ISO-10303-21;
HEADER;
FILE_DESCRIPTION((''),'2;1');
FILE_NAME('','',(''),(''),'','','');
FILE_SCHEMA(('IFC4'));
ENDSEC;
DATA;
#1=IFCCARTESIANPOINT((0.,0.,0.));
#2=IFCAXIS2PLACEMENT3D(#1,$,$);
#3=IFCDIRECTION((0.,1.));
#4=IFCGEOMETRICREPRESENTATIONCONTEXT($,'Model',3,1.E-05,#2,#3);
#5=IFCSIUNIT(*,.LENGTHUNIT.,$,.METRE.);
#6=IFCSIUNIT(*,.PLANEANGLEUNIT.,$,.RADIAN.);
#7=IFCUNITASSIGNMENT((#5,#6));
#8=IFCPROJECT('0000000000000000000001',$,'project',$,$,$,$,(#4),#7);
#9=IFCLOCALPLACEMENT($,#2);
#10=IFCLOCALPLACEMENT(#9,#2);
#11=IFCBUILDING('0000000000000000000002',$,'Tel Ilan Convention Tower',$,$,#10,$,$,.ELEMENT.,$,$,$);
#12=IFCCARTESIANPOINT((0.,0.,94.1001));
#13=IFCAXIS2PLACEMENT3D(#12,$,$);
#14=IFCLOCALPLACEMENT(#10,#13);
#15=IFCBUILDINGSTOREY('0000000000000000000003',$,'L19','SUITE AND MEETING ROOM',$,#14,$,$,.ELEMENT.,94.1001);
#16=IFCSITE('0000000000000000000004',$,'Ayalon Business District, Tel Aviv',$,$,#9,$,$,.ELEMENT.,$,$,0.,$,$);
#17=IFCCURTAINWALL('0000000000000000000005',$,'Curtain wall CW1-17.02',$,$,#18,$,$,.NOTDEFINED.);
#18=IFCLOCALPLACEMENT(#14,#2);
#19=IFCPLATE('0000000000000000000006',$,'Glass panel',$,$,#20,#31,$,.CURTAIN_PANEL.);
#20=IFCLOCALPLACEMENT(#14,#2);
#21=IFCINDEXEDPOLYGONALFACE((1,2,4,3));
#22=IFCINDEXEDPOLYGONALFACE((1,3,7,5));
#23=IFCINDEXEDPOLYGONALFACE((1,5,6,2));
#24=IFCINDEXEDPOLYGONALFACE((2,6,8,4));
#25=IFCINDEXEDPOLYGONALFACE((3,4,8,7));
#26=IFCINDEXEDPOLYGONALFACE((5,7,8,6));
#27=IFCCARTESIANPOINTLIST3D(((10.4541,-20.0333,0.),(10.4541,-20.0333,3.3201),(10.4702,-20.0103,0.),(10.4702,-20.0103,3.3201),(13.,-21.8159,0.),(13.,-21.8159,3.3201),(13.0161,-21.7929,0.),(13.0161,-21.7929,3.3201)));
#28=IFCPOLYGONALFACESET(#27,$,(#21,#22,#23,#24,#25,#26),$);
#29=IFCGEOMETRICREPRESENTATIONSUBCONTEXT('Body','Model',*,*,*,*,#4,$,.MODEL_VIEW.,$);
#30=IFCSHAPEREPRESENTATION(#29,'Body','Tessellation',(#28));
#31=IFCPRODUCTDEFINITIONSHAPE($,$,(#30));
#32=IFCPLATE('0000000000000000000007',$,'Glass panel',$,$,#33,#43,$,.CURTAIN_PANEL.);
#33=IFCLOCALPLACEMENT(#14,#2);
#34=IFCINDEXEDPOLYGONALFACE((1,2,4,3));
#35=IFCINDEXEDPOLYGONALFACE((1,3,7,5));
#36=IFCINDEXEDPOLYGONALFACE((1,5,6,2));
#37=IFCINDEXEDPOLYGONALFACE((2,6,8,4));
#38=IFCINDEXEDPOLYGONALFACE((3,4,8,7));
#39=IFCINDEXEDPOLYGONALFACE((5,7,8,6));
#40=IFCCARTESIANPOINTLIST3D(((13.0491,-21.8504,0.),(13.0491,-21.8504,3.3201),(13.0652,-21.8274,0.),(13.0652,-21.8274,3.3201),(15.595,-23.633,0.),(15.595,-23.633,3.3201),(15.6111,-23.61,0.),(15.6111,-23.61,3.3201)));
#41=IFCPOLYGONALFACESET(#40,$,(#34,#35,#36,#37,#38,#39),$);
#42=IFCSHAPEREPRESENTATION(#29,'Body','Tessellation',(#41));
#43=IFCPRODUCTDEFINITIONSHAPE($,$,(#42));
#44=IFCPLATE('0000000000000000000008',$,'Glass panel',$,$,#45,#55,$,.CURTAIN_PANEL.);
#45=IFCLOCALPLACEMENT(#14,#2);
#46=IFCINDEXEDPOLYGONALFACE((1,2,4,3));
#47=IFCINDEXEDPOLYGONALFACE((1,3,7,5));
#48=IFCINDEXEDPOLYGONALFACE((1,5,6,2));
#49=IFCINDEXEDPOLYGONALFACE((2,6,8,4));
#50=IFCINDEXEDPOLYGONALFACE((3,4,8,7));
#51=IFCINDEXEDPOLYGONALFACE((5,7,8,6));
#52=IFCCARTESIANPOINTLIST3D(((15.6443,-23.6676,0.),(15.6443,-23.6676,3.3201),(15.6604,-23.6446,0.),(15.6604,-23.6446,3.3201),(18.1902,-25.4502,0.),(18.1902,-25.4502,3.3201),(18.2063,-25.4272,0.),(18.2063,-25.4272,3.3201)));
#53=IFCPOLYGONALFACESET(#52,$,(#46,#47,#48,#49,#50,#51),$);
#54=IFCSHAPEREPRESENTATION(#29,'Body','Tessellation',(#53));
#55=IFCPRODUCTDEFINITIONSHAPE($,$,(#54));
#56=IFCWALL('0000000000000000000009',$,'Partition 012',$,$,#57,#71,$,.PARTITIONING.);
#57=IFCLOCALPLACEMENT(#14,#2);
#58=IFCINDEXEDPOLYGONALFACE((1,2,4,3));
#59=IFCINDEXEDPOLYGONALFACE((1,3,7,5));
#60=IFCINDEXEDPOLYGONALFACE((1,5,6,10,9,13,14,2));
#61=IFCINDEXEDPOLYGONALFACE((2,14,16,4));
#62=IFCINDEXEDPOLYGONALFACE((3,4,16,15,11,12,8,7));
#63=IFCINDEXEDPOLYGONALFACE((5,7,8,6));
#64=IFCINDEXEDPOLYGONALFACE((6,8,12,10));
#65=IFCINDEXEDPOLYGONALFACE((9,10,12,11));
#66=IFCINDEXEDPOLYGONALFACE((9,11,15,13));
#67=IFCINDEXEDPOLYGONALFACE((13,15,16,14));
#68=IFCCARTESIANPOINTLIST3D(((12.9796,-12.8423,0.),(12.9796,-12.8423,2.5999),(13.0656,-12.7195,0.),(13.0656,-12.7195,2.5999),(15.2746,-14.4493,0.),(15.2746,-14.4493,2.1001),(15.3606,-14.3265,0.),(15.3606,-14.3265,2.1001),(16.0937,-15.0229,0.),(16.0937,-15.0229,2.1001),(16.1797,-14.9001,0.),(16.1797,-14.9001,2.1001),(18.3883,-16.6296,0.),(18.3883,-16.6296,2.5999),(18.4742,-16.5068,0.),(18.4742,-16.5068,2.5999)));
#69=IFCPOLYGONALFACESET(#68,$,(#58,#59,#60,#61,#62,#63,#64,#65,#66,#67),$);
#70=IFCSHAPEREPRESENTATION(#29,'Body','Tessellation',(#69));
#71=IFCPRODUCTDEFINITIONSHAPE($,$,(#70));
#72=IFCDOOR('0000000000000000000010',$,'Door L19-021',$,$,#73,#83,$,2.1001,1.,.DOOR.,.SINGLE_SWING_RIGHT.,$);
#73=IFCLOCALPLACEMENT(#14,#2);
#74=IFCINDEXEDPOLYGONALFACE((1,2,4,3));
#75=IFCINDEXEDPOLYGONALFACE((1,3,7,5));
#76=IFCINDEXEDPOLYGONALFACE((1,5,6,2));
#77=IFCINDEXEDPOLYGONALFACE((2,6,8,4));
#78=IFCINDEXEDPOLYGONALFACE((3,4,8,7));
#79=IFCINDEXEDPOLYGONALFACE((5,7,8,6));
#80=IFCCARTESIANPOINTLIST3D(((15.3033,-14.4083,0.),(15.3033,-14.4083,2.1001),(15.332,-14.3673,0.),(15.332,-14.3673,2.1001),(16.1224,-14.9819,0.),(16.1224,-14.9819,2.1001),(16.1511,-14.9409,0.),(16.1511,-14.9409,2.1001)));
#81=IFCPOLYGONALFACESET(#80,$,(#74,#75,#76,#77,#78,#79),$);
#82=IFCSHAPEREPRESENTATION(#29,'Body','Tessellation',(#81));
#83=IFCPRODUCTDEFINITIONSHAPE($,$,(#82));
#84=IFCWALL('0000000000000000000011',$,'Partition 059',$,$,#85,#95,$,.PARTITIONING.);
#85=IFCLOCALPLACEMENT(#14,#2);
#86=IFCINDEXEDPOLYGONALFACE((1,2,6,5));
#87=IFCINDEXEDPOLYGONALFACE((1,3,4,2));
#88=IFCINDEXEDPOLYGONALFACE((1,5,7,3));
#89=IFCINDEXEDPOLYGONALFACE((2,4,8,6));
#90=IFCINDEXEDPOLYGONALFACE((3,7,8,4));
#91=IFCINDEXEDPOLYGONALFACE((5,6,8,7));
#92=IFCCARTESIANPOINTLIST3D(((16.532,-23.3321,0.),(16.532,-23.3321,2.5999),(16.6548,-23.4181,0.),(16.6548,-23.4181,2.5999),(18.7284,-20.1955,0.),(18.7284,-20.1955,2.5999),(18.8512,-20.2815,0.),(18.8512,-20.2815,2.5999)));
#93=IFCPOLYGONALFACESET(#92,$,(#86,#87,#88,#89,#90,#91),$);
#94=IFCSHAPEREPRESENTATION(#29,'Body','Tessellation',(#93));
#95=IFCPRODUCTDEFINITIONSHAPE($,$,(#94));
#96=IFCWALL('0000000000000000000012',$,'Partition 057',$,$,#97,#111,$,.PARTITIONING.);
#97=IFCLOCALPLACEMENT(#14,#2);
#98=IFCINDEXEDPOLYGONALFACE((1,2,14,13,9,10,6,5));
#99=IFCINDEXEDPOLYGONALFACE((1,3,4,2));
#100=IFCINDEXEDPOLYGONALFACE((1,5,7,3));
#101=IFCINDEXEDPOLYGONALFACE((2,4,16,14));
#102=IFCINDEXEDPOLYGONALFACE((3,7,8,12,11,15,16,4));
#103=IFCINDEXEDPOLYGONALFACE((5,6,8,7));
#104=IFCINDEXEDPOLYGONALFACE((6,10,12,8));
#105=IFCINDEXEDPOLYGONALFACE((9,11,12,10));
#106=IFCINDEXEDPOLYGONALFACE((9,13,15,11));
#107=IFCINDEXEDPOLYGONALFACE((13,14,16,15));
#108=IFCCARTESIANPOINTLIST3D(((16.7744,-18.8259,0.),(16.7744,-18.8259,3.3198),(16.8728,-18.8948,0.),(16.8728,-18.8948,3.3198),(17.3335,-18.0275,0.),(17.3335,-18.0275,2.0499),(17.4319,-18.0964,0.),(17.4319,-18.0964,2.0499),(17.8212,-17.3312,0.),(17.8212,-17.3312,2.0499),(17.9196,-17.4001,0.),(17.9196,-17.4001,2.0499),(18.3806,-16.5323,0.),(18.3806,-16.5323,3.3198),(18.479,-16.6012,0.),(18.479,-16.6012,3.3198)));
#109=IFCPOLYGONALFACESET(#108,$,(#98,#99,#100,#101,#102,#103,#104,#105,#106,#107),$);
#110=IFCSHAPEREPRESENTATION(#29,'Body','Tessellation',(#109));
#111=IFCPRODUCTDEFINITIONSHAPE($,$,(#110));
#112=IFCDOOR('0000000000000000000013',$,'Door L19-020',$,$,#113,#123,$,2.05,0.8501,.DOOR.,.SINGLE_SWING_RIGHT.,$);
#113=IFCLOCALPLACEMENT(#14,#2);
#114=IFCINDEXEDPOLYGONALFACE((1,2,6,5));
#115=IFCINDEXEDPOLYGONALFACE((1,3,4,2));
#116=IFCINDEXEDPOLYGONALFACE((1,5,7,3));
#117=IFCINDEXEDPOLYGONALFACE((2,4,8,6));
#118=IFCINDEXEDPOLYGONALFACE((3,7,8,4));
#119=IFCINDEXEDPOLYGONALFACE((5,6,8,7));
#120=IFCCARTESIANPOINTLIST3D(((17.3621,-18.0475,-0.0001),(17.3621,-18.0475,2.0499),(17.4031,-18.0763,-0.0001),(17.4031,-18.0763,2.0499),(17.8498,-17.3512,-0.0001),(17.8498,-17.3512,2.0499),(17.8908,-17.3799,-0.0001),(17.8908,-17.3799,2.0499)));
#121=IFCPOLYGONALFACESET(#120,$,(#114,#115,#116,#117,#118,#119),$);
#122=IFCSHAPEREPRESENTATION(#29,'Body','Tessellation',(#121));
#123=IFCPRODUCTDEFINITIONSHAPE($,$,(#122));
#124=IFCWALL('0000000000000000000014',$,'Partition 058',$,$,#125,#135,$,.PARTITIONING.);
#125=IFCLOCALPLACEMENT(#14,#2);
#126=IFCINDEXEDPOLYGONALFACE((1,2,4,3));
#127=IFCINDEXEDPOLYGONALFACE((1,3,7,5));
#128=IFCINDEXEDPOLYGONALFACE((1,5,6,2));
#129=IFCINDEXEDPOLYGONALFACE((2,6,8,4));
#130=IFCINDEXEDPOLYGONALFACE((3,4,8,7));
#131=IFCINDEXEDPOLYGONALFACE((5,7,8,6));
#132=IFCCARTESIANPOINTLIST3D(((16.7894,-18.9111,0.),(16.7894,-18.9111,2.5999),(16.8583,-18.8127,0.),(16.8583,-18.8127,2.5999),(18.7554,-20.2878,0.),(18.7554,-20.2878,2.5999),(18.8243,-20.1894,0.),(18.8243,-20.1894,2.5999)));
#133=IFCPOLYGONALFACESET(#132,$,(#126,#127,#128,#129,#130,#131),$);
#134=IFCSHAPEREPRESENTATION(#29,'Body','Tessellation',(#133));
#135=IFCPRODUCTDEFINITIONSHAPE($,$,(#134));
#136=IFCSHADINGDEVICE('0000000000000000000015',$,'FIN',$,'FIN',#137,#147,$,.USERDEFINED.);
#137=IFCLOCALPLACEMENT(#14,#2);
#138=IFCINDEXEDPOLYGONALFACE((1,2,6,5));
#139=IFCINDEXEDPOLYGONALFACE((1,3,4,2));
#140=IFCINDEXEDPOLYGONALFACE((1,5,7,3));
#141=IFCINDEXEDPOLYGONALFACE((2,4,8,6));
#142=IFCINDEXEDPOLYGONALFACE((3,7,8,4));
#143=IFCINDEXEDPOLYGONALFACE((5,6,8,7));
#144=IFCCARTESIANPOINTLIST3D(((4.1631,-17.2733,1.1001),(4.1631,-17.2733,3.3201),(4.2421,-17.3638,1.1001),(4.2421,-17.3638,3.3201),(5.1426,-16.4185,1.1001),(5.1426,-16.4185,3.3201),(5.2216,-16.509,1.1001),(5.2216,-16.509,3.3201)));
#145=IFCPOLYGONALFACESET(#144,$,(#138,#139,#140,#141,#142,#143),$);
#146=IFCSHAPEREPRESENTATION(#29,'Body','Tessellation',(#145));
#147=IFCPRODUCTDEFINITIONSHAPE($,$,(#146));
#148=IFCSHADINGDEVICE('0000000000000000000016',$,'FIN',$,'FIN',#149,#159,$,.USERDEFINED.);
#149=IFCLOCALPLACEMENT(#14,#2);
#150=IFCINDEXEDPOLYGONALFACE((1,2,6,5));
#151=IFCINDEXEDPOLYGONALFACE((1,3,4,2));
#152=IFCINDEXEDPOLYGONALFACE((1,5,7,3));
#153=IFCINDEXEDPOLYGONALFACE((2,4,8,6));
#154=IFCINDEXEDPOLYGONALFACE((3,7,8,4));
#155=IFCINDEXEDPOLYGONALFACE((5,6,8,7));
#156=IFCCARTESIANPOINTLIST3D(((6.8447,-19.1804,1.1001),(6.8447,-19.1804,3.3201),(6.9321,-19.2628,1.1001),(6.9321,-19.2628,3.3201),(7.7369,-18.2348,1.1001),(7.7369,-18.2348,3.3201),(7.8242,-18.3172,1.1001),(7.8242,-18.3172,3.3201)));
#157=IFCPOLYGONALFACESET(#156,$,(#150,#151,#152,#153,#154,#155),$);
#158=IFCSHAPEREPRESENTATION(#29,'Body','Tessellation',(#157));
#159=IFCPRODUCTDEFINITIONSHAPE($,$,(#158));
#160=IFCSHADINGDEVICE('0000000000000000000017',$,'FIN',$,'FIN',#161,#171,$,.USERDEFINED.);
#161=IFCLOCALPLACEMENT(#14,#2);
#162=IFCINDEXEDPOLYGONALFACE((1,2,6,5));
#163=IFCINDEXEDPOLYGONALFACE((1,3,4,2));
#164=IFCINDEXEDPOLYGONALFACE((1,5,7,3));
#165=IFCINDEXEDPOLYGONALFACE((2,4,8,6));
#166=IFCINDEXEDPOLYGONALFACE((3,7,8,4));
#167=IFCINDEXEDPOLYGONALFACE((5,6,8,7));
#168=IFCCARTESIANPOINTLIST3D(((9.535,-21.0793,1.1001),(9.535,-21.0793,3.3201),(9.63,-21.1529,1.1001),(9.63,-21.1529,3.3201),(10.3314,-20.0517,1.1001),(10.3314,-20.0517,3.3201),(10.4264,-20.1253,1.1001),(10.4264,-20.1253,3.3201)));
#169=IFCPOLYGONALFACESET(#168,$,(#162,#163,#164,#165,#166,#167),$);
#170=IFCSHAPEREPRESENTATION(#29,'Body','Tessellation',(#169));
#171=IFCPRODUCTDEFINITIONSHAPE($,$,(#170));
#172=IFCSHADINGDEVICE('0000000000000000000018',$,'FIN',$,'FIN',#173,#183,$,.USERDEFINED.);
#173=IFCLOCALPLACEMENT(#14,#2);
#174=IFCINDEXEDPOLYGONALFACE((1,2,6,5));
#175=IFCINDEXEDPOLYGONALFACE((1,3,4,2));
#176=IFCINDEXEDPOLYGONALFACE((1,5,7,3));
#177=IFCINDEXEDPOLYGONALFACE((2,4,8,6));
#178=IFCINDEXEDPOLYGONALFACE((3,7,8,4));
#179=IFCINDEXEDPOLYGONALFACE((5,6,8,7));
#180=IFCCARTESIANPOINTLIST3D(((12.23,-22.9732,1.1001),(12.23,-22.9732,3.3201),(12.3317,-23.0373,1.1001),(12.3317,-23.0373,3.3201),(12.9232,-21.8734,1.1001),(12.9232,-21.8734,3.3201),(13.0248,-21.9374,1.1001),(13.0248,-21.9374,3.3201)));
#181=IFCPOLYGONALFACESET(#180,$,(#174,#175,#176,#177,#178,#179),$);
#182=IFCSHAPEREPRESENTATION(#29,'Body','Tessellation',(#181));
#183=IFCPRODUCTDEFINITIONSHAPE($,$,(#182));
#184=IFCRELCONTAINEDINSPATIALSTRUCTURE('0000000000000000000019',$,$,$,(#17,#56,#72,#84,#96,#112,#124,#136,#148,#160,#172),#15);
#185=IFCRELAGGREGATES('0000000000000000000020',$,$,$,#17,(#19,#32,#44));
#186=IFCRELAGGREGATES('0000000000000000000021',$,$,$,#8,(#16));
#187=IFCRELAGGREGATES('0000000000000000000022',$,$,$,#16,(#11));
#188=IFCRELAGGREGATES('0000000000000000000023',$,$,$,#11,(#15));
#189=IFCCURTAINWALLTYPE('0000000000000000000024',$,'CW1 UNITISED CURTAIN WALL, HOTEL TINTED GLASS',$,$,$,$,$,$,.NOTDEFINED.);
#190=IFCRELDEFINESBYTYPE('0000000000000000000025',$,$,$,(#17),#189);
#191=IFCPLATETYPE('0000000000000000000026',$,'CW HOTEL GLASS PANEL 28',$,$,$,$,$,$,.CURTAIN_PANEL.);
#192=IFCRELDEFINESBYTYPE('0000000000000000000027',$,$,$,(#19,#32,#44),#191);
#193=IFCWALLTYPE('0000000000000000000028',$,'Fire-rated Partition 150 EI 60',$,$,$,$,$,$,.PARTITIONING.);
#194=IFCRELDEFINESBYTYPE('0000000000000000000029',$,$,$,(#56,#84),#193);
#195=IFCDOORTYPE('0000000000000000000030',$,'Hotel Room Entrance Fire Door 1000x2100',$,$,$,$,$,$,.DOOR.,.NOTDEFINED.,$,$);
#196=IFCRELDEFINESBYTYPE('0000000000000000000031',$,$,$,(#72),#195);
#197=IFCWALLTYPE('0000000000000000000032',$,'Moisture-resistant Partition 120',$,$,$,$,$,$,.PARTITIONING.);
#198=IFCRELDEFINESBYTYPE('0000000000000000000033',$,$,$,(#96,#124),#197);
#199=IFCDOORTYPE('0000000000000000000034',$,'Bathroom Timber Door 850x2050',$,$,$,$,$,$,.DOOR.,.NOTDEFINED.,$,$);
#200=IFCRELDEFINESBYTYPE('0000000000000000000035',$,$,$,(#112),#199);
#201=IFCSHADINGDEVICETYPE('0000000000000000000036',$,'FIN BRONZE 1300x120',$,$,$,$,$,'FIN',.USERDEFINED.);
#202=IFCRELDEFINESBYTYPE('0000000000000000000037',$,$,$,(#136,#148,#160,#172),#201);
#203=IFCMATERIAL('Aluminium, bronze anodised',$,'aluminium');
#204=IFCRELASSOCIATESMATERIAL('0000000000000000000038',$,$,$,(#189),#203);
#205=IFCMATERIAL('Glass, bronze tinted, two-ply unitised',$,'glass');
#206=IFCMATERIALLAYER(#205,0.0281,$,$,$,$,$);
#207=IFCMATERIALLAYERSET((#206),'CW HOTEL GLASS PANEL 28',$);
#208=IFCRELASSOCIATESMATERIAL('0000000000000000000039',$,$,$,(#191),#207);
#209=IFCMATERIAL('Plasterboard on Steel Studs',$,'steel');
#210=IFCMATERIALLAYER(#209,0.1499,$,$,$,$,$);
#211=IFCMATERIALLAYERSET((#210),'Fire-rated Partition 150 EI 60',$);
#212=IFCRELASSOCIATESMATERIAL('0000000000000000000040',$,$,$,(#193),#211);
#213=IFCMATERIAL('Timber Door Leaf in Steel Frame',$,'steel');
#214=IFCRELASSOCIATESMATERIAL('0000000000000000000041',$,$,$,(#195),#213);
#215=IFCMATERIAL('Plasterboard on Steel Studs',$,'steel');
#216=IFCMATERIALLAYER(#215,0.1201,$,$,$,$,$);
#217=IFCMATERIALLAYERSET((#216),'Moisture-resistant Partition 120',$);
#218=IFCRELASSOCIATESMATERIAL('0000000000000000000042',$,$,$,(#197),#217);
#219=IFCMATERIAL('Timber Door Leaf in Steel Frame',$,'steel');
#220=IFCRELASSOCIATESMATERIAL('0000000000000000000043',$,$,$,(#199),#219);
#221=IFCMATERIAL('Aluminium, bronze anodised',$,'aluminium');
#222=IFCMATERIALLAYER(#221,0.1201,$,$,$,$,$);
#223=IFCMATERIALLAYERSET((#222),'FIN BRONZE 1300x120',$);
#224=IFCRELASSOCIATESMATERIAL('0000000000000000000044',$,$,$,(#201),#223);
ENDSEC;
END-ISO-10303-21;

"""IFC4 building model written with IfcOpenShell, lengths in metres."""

from ifc_helpers import new_model, si_unit, direction, frame, frame_2d, origin, origin_2d, place, context, subcontext, project, spatial, rectangle, extrude, material, layer, layer_set, type_object, element, fill, aggregate, save


model = new_model("IFC4")

# Units and contexts
model_context = context("Model", 3, precision=1e-05, world=origin(), true_north=direction((0.0, 1.0)))
body_context = subcontext(model_context, "Body", "Model", "MODEL_VIEW")
ifc_project = project(units=[si_unit("LENGTHUNIT", "METRE"), si_unit("PLANEANGLEUNIT", "RADIAN")], contexts=[model_context])

# Site, building, storey
site_placement = place(None, origin())
site = spatial("IfcSite", under=ifc_project, at=site_placement, Name="Ayalon Business District, Tel Aviv", CompositionType="ELEMENT", RefElevation=0.0)
building_placement = place(site_placement, origin())
building = spatial("IfcBuilding", under=site, at=building_placement, Name="Tel Ilan Convention Tower", CompositionType="ELEMENT")
storey_placement = place(building_placement, frame((0.0, 0.0, 94.1001)))
storey = spatial("IfcBuildingStorey", under=building, at=storey_placement, Name="L19", Description="SUITE AND MEETING ROOM", CompositionType="ELEMENT", Elevation=94.1001)

# Curtain wall, plates
ifc_material_1 = material(Name="Aluminium, bronze anodised", Category="aluminium")
curtain_wall_type = type_object("IfcCurtainWallType", Name="CW1 UNITISED CURTAIN WALL, HOTEL TINTED GLASS", PredefinedType="NOTDEFINED", material=ifc_material_1)
curtain_wall_placement = place(storey_placement, origin())
curtain_wall = element("IfcCurtainWall", 1, at=curtain_wall_placement, inside=storey, type_object=curtain_wall_type, Name="Curtain wall CW1-17.02", PredefinedType="NOTDEFINED")
ifc_material_2 = material(Name="Glass, bronze tinted, two-ply unitised", Category="glass")
ifc_layer_1 = layer(ifc_material_2, 0.0281)
ifc_layer_set_1 = layer_set([ifc_layer_1], Name="CW HOTEL GLASS PANEL 28")
plate_type = type_object("IfcPlateType", Name="CW HOTEL GLASS PANEL 28", PredefinedType="CURTAIN_PANEL", material=ifc_layer_set_1)
plate_1_placement = place(storey_placement, frame((11.7351, -20.9131, 0.0), z_axis=(0.0, 0.0, 1.0), x_axis=(0.819152, -0.573576, 0.0)))
plate_1 = element("IfcPlate", 2, at=plate_1_placement, type_object=plate_type, Name="Glass panel", PredefinedType="CURTAIN_PANEL", context=body_context, shape_type="SweptSolid", body=[
    extrude(rectangle(XDim=3.1079, YDim=0.0281, at=origin_2d()), origin(), (0.0, 0.0, 1.0), 3.3201),
])
plate_2_placement = place(storey_placement, frame((14.3301, -22.7302, 0.0), z_axis=(0.0, 0.0, 1.0), x_axis=(0.819152, -0.573576, 0.0)))
plate_2 = element("IfcPlate", 3, at=plate_2_placement, type_object=plate_type, Name="Glass panel", PredefinedType="CURTAIN_PANEL", context=body_context, shape_type="SweptSolid", body=[
    extrude(rectangle(XDim=3.1079, YDim=0.0281, at=origin_2d()), origin(), (0.0, 0.0, 1.0), 3.3201),
])
plate_3_placement = place(storey_placement, frame((16.9253, -24.5474, 0.0), z_axis=(0.0, 0.0, 1.0), x_axis=(0.819152, -0.573576, 0.0)))
plate_3 = element("IfcPlate", 4, at=plate_3_placement, type_object=plate_type, Name="Glass panel", PredefinedType="CURTAIN_PANEL", context=body_context, shape_type="SweptSolid", body=[
    extrude(rectangle(XDim=3.1079, YDim=0.0281, at=origin_2d()), origin(), (0.0, 0.0, 1.0), 3.3201),
])
aggregate(curtain_wall, [plate_1, plate_2, plate_3])

# Wall, opening, door
ifc_material_3 = material(Name="Plasterboard on Steel Studs", Category="steel")
ifc_layer_2 = layer(ifc_material_3, 0.1499)
ifc_layer_set_2 = layer_set([ifc_layer_2], Name="Fire-rated Partition 150 EI 60")
wall_type_1 = type_object("IfcWallType", Name="Fire-rated Partition 150 EI 60", PredefinedType="PARTITIONING", material=ifc_layer_set_2)
wall_1_placement = place(storey_placement, frame((18.4312, -16.5681, 0.0), z_axis=(0.0, 0.0, 1.0), x_axis=(-0.819142, 0.573591, 0.0)))
wall_1 = element("IfcWall", 5, at=wall_1_placement, inside=storey, type_object=wall_type_1, Name="Partition 012", PredefinedType="PARTITIONING", context=body_context, shape_type="SweptSolid", body=[
    extrude(rectangle(XDim=6.6028, YDim=0.1499, at=frame_2d((3.3013, 0.0))), origin(), (0.0, 0.0, 1.0), 2.5999),
])
opening_1_placement = place(wall_1_placement, frame((2.801, 0.0, 0.0)))
opening_1 = element("IfcOpeningElement", 6, at=opening_1_placement, cuts=wall_1, PredefinedType="OPENING", context=body_context, shape_type="SweptSolid", body=[
    extrude(rectangle(XDim=1.0, YDim=2.1001, at=frame_2d((0.5, 1.05))), frame((0.0, 0.085, 0.0), z_axis=(0.0, -1.0, 0.0), x_axis=(1.0, 0.0, 0.0)), (0.0, 0.0, 1.0), 0.1699),
])
ifc_material_4 = material(Name="Timber Door Leaf in Steel Frame", Category="steel")
door_type_1 = type_object("IfcDoorType", Name="Hotel Room Entrance Fire Door 1000x2100", OperationType="NOTDEFINED", PredefinedType="DOOR", material=ifc_material_4)
door_1_placement = place(opening_1_placement, origin())
door_1 = element("IfcDoor", 7, at=door_1_placement, inside=storey, type_object=door_type_1, Name="Door L19-021", OperationType="SINGLE_SWING_RIGHT", OverallHeight=2.1001, OverallWidth=1.0, PredefinedType="DOOR", context=body_context, shape_type="SweptSolid", body=[
    extrude(rectangle(XDim=1.0, YDim=2.1001, at=frame_2d((0.5, 1.05))), frame((0.0, 0.0249, 0.0), z_axis=(0.0, -1.0, 0.0), x_axis=(1.0, 0.0, 0.0)), (0.0, 0.0, 1.0), 0.05),
])
fill(opening_1, door_1)

# Wall
wall_2_placement = place(storey_placement, frame((18.7898, -20.2385, 0.0), z_axis=(0.0, 0.0, 1.0), x_axis=(-0.573595, -0.819139, 0.0)))
element("IfcWall", 8, at=wall_2_placement, inside=storey, type_object=wall_type_1, Name="Partition 059", PredefinedType="PARTITIONING", context=body_context, shape_type="SweptSolid", body=[
    extrude(rectangle(XDim=3.8291, YDim=0.1499, at=frame_2d((1.9146, 0.0))), origin(), (0.0, 0.0, 1.0), 2.5999),
])

# Wall, opening, door
ifc_material_5 = material(Name="Plasterboard on Steel Studs", Category="steel")
ifc_layer_3 = layer(ifc_material_5, 0.1201)
ifc_layer_set_3 = layer_set([ifc_layer_3], Name="Moisture-resistant Partition 120")
wall_type_2 = type_object("IfcWallType", Name="Moisture-resistant Partition 120", PredefinedType="PARTITIONING", material=ifc_layer_set_3)
wall_3_placement = place(storey_placement, frame((18.4297, -16.5669, 0.0), z_axis=(0.0, 0.0, 1.0), x_axis=(-0.573609, -0.81913, 0.0)))
wall_3 = element("IfcWall", 9, at=wall_3_placement, inside=storey, type_object=wall_type_2, Name="Partition 057", PredefinedType="PARTITIONING", context=body_context, shape_type="SweptSolid", body=[
    extrude(rectangle(XDim=2.8, YDim=0.1201, at=frame_2d((1.3999, 0.0))), origin(), (0.0, 0.0, 1.0), 3.3198),
])
opening_2_placement = place(wall_3_placement, frame((0.9751, 0.0, 0.0)))
opening_2 = element("IfcOpeningElement", 10, at=opening_2_placement, cuts=wall_3, PredefinedType="OPENING", context=body_context, shape_type="SweptSolid", body=[
    extrude(rectangle(XDim=0.8501, YDim=2.05, at=frame_2d((0.425, 1.0249))), frame((0.0, 0.0701, 0.0), z_axis=(0.0, -1.0, 0.0), x_axis=(1.0, 0.0, 0.0)), (0.0, 0.0, 1.0), 0.1401),
])
ifc_material_6 = material(Name="Timber Door Leaf in Steel Frame", Category="steel")
door_type_2 = type_object("IfcDoorType", Name="Bathroom Timber Door 850x2050", OperationType="NOTDEFINED", PredefinedType="DOOR", material=ifc_material_6)
door_2_placement = place(opening_2_placement, origin())
door_2 = element("IfcDoor", 11, at=door_2_placement, inside=storey, type_object=door_type_2, Name="Door L19-020", OperationType="SINGLE_SWING_RIGHT", OverallHeight=2.05, OverallWidth=0.8501, PredefinedType="DOOR", context=body_context, shape_type="SweptSolid", body=[
    extrude(rectangle(XDim=0.8501, YDim=2.05, at=frame_2d((0.425, 1.0249))), frame((0.0, 0.0249, 0.0), z_axis=(0.0, -1.0, 0.0), x_axis=(1.0, 0.0, 0.0)), (0.0, 0.0, 1.0), 0.05),
])
fill(opening_2, door_2)

# Wall
wall_4_placement = place(storey_placement, frame((16.8237, -18.8618, 0.0), z_axis=(0.0, 0.0, 1.0), x_axis=(0.819141, -0.573592, 0.0)))
element("IfcWall", 12, at=wall_4_placement, inside=storey, type_object=wall_type_2, Name="Partition 058", PredefinedType="PARTITIONING", context=body_context, shape_type="SweptSolid", body=[
    extrude(rectangle(XDim=2.4001, YDim=0.1201, at=frame_2d((1.2002, 0.0))), origin(), (0.0, 0.0, 1.0), 2.5999),
])

# Shading devices
ifc_material_7 = material(Name="Aluminium, bronze anodised", Category="aluminium")
ifc_layer_4 = layer(ifc_material_7, 0.1201)
ifc_layer_set_4 = layer_set([ifc_layer_4], Name="FIN BRONZE 1300x120")
shading_device_type = type_object("IfcShadingDeviceType", Name="FIN BRONZE 1300x120", ElementType="FIN", PredefinedType="USERDEFINED", material=ifc_layer_set_4)
for number, where, z_axis, x_axis, name in (
    (13, (4.6924, -16.8911, 1.1001), (0.0, 0.0, 1.0), (-0.753436, -0.657521, 0.0), "FIN"),
    (14, (7.3345, -18.7488, 1.1001), (0.0, 0.0, 1.0), (-0.686242, -0.727374, 0.0), "FIN"),
    (15, (9.9807, -20.6023, 1.1001), (0.0, 0.0, 1.0), (-0.612601, -0.790393, 0.0), "FIN"),
    (16, (12.6274, -22.4553, 1.1001), (0.0, 0.0, 1.0), (-0.533204, -0.845986, 0.0), "FIN"),
):
    element("IfcShadingDevice", number, at=place(storey_placement, frame(where, z_axis=z_axis, x_axis=x_axis)), inside=storey, type_object=shading_device_type, Name=name, ObjectType="FIN", PredefinedType="USERDEFINED", context=body_context, shape_type="SweptSolid", body=[
        extrude(rectangle(XDim=1.3, YDim=0.1201, at=origin_2d()), origin(), (0.0, 0.0, 1.0), 2.22),
    ])

save(model, "model.ifc")
